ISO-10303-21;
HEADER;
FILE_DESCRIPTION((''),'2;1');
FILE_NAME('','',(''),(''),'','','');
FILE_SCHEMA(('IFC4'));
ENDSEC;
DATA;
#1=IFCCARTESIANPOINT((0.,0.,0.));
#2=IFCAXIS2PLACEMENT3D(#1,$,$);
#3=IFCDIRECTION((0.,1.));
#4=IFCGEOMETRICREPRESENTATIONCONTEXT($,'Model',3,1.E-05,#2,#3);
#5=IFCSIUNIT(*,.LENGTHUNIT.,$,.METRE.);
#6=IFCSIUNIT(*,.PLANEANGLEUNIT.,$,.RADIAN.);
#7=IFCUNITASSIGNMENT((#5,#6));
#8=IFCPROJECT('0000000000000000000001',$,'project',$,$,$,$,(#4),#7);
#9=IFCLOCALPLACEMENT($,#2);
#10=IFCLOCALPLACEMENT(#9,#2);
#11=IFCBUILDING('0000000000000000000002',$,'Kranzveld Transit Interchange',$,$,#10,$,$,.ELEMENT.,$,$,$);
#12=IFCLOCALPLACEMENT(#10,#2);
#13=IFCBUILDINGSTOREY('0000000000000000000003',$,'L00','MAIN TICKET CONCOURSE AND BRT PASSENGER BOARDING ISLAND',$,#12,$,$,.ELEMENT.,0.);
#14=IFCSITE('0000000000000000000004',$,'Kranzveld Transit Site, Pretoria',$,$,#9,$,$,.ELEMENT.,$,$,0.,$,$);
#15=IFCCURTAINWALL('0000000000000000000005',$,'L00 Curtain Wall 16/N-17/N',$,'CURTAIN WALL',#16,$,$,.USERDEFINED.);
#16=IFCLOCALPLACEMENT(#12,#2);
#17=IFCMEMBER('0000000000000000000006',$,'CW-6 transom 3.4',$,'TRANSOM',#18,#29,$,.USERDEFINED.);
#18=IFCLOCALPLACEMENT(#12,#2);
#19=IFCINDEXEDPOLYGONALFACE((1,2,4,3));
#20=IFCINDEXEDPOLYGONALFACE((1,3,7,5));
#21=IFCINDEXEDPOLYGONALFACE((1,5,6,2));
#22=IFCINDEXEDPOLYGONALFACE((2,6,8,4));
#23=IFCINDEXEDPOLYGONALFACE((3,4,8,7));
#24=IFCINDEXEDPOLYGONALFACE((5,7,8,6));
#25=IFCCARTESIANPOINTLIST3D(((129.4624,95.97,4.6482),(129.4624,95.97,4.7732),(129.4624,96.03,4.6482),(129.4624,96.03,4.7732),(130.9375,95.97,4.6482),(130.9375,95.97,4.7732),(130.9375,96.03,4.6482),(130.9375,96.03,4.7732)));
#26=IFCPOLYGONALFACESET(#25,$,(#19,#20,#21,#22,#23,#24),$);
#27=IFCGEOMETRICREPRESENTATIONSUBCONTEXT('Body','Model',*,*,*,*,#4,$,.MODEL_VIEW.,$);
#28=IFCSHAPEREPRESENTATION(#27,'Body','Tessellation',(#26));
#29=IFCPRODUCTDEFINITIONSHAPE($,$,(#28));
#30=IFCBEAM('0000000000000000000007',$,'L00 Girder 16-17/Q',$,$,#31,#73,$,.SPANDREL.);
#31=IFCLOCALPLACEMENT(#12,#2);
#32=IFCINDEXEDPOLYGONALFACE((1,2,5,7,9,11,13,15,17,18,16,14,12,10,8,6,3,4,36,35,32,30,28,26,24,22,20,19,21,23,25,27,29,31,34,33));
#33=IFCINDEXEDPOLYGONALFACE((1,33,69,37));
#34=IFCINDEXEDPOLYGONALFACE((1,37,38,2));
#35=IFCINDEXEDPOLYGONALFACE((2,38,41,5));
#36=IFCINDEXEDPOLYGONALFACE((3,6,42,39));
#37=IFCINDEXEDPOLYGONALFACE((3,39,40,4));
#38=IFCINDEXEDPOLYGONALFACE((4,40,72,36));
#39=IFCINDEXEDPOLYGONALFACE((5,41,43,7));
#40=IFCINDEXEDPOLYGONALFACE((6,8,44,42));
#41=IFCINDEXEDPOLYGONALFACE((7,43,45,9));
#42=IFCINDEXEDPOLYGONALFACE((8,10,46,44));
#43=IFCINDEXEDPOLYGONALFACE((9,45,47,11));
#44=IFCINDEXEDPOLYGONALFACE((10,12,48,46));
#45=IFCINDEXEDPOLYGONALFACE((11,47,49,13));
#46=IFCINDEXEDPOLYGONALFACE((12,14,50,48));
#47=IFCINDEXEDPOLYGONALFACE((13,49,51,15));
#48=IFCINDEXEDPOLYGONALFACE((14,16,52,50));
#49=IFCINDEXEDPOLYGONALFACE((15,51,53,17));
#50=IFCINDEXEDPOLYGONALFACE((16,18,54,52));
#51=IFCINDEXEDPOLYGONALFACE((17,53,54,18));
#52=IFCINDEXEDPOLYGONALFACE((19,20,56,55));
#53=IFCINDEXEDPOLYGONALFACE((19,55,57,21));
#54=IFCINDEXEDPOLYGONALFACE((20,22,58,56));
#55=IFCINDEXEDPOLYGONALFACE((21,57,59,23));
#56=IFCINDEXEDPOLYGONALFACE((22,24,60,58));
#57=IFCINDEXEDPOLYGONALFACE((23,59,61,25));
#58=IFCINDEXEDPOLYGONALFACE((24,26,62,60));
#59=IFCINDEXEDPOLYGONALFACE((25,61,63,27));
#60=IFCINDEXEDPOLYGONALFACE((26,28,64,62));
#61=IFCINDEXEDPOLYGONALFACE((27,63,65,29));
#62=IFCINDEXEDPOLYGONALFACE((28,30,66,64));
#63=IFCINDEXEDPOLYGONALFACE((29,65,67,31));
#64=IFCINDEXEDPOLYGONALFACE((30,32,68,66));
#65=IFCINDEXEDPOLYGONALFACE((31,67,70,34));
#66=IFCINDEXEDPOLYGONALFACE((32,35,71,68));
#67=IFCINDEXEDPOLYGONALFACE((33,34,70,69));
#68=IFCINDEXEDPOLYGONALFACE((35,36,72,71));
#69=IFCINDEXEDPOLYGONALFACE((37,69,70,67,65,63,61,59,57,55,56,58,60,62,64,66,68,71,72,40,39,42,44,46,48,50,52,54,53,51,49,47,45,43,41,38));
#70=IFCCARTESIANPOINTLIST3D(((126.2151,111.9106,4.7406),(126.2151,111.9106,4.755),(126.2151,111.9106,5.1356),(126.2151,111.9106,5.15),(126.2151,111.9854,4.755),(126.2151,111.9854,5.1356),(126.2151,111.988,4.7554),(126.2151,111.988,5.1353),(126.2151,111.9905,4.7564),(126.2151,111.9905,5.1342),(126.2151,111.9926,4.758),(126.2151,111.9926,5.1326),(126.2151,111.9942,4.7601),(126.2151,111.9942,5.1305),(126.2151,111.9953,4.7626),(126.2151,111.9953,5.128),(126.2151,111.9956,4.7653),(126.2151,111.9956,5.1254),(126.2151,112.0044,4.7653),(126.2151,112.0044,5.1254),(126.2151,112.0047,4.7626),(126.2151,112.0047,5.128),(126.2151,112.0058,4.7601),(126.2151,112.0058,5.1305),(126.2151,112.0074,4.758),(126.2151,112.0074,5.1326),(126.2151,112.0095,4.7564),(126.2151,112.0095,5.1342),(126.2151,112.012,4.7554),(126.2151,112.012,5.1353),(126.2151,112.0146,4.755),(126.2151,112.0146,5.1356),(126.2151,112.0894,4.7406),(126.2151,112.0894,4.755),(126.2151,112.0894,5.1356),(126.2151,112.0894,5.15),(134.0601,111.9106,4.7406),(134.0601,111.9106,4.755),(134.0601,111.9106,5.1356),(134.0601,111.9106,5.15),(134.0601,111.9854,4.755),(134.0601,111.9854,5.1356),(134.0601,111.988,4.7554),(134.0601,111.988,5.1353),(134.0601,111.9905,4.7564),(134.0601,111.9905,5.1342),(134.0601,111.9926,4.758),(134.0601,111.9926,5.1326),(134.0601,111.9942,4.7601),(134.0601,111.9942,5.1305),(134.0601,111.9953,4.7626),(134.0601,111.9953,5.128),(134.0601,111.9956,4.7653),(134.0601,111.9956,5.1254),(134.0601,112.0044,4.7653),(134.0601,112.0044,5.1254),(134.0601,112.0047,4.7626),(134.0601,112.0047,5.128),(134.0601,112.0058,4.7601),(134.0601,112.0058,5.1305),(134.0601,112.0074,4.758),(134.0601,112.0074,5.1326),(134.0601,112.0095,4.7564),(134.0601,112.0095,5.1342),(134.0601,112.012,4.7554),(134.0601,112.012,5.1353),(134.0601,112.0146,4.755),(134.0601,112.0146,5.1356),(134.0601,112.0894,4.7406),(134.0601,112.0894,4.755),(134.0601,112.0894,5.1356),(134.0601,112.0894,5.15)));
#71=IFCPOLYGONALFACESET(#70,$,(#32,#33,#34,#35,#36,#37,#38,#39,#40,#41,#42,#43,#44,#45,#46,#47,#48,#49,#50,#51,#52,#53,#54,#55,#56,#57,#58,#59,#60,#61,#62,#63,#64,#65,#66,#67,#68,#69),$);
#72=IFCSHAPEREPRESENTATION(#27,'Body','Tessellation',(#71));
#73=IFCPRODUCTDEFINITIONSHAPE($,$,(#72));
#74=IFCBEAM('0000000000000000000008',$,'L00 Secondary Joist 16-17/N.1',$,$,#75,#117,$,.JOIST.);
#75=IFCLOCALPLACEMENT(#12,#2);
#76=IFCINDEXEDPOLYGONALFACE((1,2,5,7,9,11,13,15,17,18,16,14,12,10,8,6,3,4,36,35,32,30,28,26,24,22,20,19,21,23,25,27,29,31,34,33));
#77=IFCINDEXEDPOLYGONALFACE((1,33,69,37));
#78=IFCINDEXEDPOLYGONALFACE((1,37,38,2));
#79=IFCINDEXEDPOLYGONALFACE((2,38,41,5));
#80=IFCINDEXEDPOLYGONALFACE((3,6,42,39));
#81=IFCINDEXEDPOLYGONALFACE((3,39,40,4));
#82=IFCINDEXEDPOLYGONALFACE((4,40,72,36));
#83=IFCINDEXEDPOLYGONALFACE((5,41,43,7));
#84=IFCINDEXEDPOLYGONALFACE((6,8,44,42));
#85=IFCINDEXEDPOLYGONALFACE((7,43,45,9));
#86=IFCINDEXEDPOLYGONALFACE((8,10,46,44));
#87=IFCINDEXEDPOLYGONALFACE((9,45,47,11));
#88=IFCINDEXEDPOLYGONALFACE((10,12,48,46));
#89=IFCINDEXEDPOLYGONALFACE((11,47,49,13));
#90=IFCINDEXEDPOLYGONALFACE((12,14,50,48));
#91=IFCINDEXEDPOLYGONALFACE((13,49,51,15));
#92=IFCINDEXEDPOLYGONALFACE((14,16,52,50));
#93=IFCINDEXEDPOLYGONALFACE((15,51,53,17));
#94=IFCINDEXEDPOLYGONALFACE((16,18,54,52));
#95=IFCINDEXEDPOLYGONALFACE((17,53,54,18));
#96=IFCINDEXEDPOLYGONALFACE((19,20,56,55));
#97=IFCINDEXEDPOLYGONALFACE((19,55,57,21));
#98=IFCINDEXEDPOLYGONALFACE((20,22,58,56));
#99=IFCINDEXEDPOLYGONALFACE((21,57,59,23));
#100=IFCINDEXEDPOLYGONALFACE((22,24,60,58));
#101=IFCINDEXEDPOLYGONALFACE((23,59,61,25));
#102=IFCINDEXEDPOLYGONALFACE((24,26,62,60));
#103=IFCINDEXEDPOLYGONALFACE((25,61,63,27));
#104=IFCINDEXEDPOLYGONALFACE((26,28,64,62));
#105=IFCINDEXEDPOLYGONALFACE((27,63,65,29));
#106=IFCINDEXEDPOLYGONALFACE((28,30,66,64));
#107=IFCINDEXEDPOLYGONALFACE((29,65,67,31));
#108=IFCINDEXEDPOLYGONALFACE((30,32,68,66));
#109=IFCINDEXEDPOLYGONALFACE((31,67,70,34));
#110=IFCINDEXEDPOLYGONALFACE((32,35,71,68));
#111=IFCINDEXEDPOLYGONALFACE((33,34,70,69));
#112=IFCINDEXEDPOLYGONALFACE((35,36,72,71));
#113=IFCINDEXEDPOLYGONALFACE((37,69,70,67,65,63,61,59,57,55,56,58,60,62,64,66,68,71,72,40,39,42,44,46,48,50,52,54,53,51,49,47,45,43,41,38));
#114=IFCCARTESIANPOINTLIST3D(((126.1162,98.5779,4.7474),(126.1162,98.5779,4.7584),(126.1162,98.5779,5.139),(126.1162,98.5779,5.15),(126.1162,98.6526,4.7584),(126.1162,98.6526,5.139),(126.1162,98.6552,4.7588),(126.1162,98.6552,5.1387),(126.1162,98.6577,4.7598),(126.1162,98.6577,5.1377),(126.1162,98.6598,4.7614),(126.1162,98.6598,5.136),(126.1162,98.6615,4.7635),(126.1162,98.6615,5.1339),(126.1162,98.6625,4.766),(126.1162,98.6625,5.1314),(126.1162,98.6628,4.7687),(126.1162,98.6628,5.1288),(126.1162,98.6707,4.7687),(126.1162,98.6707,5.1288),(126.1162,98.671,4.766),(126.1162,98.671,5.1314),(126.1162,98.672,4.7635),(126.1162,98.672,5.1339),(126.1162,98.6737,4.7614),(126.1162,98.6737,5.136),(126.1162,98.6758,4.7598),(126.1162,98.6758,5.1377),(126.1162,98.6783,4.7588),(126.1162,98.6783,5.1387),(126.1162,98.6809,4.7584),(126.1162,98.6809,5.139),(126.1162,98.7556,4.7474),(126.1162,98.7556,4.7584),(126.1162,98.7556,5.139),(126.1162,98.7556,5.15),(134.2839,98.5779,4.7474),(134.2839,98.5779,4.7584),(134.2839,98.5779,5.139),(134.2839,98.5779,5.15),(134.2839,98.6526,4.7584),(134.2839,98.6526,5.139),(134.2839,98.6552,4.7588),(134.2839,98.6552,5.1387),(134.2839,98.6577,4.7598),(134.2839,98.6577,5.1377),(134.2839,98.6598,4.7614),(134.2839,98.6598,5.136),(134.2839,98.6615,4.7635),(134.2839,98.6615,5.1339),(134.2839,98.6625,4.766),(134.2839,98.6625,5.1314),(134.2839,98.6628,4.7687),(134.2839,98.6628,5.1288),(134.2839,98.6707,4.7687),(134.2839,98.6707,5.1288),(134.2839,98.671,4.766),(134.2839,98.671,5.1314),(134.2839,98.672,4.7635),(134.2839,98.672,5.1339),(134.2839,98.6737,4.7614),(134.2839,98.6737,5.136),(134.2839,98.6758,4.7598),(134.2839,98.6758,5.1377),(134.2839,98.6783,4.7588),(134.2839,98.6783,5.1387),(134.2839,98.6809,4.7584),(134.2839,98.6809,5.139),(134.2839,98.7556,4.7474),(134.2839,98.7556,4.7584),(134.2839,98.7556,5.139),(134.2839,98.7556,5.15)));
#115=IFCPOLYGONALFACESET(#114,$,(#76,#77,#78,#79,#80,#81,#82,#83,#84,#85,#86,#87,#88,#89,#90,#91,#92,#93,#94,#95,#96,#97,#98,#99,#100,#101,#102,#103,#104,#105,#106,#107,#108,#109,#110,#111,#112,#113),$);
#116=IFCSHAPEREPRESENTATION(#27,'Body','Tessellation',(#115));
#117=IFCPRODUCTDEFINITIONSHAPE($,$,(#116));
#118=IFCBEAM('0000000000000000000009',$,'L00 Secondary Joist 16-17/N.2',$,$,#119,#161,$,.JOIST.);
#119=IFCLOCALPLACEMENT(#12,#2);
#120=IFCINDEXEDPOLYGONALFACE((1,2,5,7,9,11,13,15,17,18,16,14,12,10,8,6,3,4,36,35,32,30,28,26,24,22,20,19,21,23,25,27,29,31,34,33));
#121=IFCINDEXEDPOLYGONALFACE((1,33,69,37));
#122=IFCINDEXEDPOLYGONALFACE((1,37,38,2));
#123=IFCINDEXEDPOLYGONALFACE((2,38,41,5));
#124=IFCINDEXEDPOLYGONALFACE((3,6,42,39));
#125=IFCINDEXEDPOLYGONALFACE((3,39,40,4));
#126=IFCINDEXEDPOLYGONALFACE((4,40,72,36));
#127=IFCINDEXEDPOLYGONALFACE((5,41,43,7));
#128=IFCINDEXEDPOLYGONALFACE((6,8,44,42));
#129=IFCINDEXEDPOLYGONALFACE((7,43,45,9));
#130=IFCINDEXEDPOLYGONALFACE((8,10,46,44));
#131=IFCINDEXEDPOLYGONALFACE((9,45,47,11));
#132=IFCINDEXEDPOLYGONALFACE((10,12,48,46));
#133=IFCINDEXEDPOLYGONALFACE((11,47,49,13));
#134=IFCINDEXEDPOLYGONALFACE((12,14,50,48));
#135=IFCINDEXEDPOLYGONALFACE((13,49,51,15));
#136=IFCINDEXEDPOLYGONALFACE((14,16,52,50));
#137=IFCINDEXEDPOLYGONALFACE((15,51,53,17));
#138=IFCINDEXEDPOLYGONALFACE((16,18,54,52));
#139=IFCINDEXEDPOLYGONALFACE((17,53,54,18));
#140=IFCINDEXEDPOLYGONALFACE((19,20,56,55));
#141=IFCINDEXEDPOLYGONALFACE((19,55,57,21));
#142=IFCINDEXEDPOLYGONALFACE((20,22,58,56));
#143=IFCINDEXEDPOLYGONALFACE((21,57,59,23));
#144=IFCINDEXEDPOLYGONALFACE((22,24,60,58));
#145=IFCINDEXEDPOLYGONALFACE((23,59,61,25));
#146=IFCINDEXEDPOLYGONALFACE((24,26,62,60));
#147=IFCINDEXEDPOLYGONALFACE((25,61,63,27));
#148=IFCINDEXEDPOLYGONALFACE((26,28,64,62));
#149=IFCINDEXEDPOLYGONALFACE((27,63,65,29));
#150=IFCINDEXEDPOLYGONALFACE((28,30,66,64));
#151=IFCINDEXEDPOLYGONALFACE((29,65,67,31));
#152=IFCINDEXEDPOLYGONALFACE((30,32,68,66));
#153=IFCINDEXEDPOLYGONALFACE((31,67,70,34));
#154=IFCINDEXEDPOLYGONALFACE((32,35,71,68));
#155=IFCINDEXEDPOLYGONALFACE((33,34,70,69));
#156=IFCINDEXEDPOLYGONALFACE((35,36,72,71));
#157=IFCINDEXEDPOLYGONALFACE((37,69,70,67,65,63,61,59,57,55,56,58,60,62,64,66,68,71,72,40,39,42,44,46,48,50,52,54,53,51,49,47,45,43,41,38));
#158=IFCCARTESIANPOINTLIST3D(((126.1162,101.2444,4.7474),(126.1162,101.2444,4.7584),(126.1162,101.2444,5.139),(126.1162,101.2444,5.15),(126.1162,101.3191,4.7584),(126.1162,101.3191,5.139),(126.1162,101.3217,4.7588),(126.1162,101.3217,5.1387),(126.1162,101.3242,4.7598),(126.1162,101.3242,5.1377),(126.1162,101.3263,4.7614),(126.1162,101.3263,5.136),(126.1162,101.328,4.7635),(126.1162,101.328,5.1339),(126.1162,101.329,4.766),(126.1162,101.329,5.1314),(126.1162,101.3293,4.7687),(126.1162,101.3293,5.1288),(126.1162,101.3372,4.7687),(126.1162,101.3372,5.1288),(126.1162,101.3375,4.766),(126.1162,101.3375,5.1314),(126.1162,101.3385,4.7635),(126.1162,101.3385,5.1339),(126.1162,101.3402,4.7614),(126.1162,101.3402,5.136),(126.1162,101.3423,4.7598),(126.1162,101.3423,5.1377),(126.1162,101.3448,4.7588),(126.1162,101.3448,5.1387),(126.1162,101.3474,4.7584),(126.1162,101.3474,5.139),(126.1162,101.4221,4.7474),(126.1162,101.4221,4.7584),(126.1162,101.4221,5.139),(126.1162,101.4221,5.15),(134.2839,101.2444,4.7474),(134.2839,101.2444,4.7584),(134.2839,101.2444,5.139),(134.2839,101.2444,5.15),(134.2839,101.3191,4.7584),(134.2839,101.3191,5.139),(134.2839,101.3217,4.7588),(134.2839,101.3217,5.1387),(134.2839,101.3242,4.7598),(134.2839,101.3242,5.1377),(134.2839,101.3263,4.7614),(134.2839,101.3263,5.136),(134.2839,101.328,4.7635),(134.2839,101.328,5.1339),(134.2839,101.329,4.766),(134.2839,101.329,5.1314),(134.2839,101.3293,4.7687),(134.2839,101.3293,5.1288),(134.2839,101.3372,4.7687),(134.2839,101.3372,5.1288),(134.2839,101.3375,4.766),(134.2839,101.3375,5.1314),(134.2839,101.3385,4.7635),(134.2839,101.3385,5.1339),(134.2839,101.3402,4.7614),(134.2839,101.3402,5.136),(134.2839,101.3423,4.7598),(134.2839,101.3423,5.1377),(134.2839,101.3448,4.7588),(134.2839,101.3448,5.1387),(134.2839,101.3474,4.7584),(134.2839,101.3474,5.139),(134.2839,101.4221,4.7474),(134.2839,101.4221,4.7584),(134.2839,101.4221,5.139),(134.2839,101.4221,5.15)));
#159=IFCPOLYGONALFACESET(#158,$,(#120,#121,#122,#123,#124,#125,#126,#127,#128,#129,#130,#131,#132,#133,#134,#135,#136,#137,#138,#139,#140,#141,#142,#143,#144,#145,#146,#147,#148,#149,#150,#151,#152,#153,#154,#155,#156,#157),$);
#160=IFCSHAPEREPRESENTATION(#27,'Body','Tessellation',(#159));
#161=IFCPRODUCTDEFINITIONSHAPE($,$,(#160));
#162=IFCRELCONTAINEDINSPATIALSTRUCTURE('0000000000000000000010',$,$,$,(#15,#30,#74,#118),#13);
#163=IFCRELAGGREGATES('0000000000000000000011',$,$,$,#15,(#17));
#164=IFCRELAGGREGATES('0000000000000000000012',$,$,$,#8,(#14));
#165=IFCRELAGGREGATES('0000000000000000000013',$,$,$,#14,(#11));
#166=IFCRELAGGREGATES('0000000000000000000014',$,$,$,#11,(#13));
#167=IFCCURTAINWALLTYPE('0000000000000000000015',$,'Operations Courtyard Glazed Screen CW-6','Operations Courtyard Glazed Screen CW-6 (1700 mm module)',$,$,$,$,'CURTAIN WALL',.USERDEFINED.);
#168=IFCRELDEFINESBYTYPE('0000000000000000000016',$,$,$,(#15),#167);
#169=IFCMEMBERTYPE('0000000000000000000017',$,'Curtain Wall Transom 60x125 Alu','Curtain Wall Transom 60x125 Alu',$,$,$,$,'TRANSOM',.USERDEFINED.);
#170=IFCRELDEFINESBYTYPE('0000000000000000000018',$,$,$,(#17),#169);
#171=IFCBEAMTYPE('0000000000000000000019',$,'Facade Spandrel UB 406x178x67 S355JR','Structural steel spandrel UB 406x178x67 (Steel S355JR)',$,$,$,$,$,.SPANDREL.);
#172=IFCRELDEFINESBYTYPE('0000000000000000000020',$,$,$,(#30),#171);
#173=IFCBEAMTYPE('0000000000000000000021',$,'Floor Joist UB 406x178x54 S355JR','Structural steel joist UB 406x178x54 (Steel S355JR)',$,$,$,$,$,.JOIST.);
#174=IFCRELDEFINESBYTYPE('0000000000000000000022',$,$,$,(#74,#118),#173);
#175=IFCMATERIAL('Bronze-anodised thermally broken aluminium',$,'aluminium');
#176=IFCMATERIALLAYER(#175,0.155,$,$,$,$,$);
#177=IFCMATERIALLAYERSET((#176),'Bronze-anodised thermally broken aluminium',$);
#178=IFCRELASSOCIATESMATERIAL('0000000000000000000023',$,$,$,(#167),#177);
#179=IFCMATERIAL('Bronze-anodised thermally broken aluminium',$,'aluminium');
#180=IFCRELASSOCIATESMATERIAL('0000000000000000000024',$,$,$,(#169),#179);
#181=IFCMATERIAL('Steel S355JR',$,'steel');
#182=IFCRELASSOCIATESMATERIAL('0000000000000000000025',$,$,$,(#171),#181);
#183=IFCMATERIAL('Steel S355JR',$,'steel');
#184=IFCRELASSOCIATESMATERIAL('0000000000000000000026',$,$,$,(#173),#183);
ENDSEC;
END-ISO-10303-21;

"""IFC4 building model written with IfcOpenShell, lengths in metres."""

from ifc_helpers import new_model, si_unit, direction, frame, origin, origin_2d, place, context, subcontext, project, spatial, rectangle, i_section, extrude, material, layer, layer_set, material_profile, profile_set, type_object, element, aggregate, save


model = new_model("IFC4")

# Units and contexts
model_context = context("Model", 3, precision=1e-05, world=origin(), true_north=direction((0.0, 1.0)))
body_context = subcontext(model_context, "Body", "Model", "MODEL_VIEW")
ifc_project = project(units=[si_unit("LENGTHUNIT", "METRE"), si_unit("PLANEANGLEUNIT", "RADIAN")], contexts=[model_context])

# Site, building, storey
site_placement = place(None, origin())
site = spatial("IfcSite", under=ifc_project, at=site_placement, Name="Kranzveld Transit Site, Pretoria", CompositionType="ELEMENT", RefElevation=0.0)
building_placement = place(site_placement, origin())
building = spatial("IfcBuilding", under=site, at=building_placement, Name="Kranzveld Transit Interchange", CompositionType="ELEMENT")
storey_placement = place(building_placement, origin())
storey = spatial("IfcBuildingStorey", under=building, at=storey_placement, Name="L00", Description="MAIN TICKET CONCOURSE AND BRT PASSENGER BOARDING ISLAND", CompositionType="ELEMENT", Elevation=0.0)

# Curtain wall, member
ifc_material_1 = material(Name="Bronze-anodised thermally broken aluminium", Category="aluminium")
ifc_layer_1 = layer(ifc_material_1, 0.155)
ifc_layer_set_1 = layer_set([ifc_layer_1], Name="Bronze-anodised thermally broken aluminium")
curtain_wall_type = type_object("IfcCurtainWallType", Name="Operations Courtyard Glazed Screen CW-6", Description="Operations Courtyard Glazed Screen CW-6 (1700 mm module)", ElementType="CURTAIN WALL", PredefinedType="USERDEFINED", material=ifc_layer_set_1)
curtain_wall_placement = place(storey_placement, origin())
curtain_wall = element("IfcCurtainWall", 1, at=curtain_wall_placement, inside=storey, type_object=curtain_wall_type, Name="L00 Curtain Wall 16/N-17/N", ObjectType="CURTAIN WALL", PredefinedType="USERDEFINED")
ifc_material_2 = material(Name="Bronze-anodised thermally broken aluminium", Category="aluminium")
ifc_material_profile_1 = material_profile(ifc_material_2, rectangle(XDim=0.0601, YDim=0.125, at=origin_2d()), Name="ALU TRANSOM 60x125")
ifc_profile_set_1 = profile_set([ifc_material_profile_1], Name="Bronze-anodised thermally broken aluminium")
member_type = type_object("IfcMemberType", Name="Curtain Wall Transom 60x125 Alu", Description="Curtain Wall Transom 60x125 Alu", ElementType="TRANSOM", PredefinedType="USERDEFINED", material=ifc_profile_set_1)
member_1_placement = place(storey_placement, frame((129.4624, 96.0, 4.7107), z_axis=(1.0, 0.0, 0.0), x_axis=(0.0, 1.0, 0.0)))
member_1 = element("IfcMember", 2, at=member_1_placement, type_object=member_type, Name="CW-6 transom 3.4", ObjectType="TRANSOM", PredefinedType="USERDEFINED", context=body_context, shape_type="SweptSolid", body=[
    extrude(rectangle(XDim=0.0601, YDim=0.125, at=origin_2d()), origin(), (0.0, 0.0, 1.0), 1.4751),
])
aggregate(curtain_wall, [member_1])

# Beams
ifc_material_3 = material(Name="Steel S355JR", Category="steel")
ifc_material_profile_2 = material_profile(ifc_material_3, i_section(OverallWidth=0.1787, OverallDepth=0.4094, WebThickness=0.0088, FlangeThickness=0.0144, FilletRadius=0.0103, at=origin_2d()), Name="UB 406x178x67")
ifc_profile_set_2 = profile_set([ifc_material_profile_2], Name="Steel S355JR")
beam_type_1 = type_object("IfcBeamType", Name="Facade Spandrel UB 406x178x67 S355JR", Description="Structural steel spandrel UB 406x178x67 (Steel S355JR)", PredefinedType="SPANDREL", material=ifc_profile_set_2)
beam_1_placement = place(storey_placement, frame((126.2151, 112.0, 4.9453), z_axis=(1.0, 0.0, 0.0), x_axis=(0.0, 1.0, 0.0)))
element("IfcBeam", 3, at=beam_1_placement, inside=storey, type_object=beam_type_1, Name="L00 Girder 16-17/Q", PredefinedType="SPANDREL", context=body_context, shape_type="SweptSolid", body=[
    extrude(i_section(OverallWidth=0.1787, OverallDepth=0.4094, WebThickness=0.0088, FlangeThickness=0.0144, FilletRadius=0.0103, at=origin_2d()), origin(), (0.0, 0.0, 1.0), 7.845),
])
ifc_material_4 = material(Name="Steel S355JR", Category="steel")
ifc_material_profile_3 = material_profile(ifc_material_4, i_section(OverallWidth=0.1777, OverallDepth=0.4026, WebThickness=0.0078, FlangeThickness=0.011, FilletRadius=0.0103, at=origin_2d()), Name="UB 406x178x54")
ifc_profile_set_3 = profile_set([ifc_material_profile_3], Name="Steel S355JR")
beam_type_2 = type_object("IfcBeamType", Name="Floor Joist UB 406x178x54 S355JR", Description="Structural steel joist UB 406x178x54 (Steel S355JR)", PredefinedType="JOIST", material=ifc_profile_set_3)
for number, where, z_axis, x_axis, name in (
    (4, (126.1162, 98.6667, 4.9487), (1.0, 0.0, 0.0), (0.0, 1.0, 0.0), "L00 Secondary Joist 16-17/N.1"),
    (5, (126.1162, 101.3333, 4.9487), (1.0, 0.0, 0.0), (0.0, 1.0, 0.0), "L00 Secondary Joist 16-17/N.2"),
):
    element("IfcBeam", number, at=place(storey_placement, frame(where, z_axis=z_axis, x_axis=x_axis)), inside=storey, type_object=beam_type_2, Name=name, PredefinedType="JOIST", context=body_context, shape_type="SweptSolid", body=[
        extrude(i_section(OverallWidth=0.1777, OverallDepth=0.4026, WebThickness=0.0078, FlangeThickness=0.011, FilletRadius=0.0103, at=origin_2d()), origin(), (0.0, 0.0, 1.0), 8.1677),
    ])

save(model, "model.ifc")
